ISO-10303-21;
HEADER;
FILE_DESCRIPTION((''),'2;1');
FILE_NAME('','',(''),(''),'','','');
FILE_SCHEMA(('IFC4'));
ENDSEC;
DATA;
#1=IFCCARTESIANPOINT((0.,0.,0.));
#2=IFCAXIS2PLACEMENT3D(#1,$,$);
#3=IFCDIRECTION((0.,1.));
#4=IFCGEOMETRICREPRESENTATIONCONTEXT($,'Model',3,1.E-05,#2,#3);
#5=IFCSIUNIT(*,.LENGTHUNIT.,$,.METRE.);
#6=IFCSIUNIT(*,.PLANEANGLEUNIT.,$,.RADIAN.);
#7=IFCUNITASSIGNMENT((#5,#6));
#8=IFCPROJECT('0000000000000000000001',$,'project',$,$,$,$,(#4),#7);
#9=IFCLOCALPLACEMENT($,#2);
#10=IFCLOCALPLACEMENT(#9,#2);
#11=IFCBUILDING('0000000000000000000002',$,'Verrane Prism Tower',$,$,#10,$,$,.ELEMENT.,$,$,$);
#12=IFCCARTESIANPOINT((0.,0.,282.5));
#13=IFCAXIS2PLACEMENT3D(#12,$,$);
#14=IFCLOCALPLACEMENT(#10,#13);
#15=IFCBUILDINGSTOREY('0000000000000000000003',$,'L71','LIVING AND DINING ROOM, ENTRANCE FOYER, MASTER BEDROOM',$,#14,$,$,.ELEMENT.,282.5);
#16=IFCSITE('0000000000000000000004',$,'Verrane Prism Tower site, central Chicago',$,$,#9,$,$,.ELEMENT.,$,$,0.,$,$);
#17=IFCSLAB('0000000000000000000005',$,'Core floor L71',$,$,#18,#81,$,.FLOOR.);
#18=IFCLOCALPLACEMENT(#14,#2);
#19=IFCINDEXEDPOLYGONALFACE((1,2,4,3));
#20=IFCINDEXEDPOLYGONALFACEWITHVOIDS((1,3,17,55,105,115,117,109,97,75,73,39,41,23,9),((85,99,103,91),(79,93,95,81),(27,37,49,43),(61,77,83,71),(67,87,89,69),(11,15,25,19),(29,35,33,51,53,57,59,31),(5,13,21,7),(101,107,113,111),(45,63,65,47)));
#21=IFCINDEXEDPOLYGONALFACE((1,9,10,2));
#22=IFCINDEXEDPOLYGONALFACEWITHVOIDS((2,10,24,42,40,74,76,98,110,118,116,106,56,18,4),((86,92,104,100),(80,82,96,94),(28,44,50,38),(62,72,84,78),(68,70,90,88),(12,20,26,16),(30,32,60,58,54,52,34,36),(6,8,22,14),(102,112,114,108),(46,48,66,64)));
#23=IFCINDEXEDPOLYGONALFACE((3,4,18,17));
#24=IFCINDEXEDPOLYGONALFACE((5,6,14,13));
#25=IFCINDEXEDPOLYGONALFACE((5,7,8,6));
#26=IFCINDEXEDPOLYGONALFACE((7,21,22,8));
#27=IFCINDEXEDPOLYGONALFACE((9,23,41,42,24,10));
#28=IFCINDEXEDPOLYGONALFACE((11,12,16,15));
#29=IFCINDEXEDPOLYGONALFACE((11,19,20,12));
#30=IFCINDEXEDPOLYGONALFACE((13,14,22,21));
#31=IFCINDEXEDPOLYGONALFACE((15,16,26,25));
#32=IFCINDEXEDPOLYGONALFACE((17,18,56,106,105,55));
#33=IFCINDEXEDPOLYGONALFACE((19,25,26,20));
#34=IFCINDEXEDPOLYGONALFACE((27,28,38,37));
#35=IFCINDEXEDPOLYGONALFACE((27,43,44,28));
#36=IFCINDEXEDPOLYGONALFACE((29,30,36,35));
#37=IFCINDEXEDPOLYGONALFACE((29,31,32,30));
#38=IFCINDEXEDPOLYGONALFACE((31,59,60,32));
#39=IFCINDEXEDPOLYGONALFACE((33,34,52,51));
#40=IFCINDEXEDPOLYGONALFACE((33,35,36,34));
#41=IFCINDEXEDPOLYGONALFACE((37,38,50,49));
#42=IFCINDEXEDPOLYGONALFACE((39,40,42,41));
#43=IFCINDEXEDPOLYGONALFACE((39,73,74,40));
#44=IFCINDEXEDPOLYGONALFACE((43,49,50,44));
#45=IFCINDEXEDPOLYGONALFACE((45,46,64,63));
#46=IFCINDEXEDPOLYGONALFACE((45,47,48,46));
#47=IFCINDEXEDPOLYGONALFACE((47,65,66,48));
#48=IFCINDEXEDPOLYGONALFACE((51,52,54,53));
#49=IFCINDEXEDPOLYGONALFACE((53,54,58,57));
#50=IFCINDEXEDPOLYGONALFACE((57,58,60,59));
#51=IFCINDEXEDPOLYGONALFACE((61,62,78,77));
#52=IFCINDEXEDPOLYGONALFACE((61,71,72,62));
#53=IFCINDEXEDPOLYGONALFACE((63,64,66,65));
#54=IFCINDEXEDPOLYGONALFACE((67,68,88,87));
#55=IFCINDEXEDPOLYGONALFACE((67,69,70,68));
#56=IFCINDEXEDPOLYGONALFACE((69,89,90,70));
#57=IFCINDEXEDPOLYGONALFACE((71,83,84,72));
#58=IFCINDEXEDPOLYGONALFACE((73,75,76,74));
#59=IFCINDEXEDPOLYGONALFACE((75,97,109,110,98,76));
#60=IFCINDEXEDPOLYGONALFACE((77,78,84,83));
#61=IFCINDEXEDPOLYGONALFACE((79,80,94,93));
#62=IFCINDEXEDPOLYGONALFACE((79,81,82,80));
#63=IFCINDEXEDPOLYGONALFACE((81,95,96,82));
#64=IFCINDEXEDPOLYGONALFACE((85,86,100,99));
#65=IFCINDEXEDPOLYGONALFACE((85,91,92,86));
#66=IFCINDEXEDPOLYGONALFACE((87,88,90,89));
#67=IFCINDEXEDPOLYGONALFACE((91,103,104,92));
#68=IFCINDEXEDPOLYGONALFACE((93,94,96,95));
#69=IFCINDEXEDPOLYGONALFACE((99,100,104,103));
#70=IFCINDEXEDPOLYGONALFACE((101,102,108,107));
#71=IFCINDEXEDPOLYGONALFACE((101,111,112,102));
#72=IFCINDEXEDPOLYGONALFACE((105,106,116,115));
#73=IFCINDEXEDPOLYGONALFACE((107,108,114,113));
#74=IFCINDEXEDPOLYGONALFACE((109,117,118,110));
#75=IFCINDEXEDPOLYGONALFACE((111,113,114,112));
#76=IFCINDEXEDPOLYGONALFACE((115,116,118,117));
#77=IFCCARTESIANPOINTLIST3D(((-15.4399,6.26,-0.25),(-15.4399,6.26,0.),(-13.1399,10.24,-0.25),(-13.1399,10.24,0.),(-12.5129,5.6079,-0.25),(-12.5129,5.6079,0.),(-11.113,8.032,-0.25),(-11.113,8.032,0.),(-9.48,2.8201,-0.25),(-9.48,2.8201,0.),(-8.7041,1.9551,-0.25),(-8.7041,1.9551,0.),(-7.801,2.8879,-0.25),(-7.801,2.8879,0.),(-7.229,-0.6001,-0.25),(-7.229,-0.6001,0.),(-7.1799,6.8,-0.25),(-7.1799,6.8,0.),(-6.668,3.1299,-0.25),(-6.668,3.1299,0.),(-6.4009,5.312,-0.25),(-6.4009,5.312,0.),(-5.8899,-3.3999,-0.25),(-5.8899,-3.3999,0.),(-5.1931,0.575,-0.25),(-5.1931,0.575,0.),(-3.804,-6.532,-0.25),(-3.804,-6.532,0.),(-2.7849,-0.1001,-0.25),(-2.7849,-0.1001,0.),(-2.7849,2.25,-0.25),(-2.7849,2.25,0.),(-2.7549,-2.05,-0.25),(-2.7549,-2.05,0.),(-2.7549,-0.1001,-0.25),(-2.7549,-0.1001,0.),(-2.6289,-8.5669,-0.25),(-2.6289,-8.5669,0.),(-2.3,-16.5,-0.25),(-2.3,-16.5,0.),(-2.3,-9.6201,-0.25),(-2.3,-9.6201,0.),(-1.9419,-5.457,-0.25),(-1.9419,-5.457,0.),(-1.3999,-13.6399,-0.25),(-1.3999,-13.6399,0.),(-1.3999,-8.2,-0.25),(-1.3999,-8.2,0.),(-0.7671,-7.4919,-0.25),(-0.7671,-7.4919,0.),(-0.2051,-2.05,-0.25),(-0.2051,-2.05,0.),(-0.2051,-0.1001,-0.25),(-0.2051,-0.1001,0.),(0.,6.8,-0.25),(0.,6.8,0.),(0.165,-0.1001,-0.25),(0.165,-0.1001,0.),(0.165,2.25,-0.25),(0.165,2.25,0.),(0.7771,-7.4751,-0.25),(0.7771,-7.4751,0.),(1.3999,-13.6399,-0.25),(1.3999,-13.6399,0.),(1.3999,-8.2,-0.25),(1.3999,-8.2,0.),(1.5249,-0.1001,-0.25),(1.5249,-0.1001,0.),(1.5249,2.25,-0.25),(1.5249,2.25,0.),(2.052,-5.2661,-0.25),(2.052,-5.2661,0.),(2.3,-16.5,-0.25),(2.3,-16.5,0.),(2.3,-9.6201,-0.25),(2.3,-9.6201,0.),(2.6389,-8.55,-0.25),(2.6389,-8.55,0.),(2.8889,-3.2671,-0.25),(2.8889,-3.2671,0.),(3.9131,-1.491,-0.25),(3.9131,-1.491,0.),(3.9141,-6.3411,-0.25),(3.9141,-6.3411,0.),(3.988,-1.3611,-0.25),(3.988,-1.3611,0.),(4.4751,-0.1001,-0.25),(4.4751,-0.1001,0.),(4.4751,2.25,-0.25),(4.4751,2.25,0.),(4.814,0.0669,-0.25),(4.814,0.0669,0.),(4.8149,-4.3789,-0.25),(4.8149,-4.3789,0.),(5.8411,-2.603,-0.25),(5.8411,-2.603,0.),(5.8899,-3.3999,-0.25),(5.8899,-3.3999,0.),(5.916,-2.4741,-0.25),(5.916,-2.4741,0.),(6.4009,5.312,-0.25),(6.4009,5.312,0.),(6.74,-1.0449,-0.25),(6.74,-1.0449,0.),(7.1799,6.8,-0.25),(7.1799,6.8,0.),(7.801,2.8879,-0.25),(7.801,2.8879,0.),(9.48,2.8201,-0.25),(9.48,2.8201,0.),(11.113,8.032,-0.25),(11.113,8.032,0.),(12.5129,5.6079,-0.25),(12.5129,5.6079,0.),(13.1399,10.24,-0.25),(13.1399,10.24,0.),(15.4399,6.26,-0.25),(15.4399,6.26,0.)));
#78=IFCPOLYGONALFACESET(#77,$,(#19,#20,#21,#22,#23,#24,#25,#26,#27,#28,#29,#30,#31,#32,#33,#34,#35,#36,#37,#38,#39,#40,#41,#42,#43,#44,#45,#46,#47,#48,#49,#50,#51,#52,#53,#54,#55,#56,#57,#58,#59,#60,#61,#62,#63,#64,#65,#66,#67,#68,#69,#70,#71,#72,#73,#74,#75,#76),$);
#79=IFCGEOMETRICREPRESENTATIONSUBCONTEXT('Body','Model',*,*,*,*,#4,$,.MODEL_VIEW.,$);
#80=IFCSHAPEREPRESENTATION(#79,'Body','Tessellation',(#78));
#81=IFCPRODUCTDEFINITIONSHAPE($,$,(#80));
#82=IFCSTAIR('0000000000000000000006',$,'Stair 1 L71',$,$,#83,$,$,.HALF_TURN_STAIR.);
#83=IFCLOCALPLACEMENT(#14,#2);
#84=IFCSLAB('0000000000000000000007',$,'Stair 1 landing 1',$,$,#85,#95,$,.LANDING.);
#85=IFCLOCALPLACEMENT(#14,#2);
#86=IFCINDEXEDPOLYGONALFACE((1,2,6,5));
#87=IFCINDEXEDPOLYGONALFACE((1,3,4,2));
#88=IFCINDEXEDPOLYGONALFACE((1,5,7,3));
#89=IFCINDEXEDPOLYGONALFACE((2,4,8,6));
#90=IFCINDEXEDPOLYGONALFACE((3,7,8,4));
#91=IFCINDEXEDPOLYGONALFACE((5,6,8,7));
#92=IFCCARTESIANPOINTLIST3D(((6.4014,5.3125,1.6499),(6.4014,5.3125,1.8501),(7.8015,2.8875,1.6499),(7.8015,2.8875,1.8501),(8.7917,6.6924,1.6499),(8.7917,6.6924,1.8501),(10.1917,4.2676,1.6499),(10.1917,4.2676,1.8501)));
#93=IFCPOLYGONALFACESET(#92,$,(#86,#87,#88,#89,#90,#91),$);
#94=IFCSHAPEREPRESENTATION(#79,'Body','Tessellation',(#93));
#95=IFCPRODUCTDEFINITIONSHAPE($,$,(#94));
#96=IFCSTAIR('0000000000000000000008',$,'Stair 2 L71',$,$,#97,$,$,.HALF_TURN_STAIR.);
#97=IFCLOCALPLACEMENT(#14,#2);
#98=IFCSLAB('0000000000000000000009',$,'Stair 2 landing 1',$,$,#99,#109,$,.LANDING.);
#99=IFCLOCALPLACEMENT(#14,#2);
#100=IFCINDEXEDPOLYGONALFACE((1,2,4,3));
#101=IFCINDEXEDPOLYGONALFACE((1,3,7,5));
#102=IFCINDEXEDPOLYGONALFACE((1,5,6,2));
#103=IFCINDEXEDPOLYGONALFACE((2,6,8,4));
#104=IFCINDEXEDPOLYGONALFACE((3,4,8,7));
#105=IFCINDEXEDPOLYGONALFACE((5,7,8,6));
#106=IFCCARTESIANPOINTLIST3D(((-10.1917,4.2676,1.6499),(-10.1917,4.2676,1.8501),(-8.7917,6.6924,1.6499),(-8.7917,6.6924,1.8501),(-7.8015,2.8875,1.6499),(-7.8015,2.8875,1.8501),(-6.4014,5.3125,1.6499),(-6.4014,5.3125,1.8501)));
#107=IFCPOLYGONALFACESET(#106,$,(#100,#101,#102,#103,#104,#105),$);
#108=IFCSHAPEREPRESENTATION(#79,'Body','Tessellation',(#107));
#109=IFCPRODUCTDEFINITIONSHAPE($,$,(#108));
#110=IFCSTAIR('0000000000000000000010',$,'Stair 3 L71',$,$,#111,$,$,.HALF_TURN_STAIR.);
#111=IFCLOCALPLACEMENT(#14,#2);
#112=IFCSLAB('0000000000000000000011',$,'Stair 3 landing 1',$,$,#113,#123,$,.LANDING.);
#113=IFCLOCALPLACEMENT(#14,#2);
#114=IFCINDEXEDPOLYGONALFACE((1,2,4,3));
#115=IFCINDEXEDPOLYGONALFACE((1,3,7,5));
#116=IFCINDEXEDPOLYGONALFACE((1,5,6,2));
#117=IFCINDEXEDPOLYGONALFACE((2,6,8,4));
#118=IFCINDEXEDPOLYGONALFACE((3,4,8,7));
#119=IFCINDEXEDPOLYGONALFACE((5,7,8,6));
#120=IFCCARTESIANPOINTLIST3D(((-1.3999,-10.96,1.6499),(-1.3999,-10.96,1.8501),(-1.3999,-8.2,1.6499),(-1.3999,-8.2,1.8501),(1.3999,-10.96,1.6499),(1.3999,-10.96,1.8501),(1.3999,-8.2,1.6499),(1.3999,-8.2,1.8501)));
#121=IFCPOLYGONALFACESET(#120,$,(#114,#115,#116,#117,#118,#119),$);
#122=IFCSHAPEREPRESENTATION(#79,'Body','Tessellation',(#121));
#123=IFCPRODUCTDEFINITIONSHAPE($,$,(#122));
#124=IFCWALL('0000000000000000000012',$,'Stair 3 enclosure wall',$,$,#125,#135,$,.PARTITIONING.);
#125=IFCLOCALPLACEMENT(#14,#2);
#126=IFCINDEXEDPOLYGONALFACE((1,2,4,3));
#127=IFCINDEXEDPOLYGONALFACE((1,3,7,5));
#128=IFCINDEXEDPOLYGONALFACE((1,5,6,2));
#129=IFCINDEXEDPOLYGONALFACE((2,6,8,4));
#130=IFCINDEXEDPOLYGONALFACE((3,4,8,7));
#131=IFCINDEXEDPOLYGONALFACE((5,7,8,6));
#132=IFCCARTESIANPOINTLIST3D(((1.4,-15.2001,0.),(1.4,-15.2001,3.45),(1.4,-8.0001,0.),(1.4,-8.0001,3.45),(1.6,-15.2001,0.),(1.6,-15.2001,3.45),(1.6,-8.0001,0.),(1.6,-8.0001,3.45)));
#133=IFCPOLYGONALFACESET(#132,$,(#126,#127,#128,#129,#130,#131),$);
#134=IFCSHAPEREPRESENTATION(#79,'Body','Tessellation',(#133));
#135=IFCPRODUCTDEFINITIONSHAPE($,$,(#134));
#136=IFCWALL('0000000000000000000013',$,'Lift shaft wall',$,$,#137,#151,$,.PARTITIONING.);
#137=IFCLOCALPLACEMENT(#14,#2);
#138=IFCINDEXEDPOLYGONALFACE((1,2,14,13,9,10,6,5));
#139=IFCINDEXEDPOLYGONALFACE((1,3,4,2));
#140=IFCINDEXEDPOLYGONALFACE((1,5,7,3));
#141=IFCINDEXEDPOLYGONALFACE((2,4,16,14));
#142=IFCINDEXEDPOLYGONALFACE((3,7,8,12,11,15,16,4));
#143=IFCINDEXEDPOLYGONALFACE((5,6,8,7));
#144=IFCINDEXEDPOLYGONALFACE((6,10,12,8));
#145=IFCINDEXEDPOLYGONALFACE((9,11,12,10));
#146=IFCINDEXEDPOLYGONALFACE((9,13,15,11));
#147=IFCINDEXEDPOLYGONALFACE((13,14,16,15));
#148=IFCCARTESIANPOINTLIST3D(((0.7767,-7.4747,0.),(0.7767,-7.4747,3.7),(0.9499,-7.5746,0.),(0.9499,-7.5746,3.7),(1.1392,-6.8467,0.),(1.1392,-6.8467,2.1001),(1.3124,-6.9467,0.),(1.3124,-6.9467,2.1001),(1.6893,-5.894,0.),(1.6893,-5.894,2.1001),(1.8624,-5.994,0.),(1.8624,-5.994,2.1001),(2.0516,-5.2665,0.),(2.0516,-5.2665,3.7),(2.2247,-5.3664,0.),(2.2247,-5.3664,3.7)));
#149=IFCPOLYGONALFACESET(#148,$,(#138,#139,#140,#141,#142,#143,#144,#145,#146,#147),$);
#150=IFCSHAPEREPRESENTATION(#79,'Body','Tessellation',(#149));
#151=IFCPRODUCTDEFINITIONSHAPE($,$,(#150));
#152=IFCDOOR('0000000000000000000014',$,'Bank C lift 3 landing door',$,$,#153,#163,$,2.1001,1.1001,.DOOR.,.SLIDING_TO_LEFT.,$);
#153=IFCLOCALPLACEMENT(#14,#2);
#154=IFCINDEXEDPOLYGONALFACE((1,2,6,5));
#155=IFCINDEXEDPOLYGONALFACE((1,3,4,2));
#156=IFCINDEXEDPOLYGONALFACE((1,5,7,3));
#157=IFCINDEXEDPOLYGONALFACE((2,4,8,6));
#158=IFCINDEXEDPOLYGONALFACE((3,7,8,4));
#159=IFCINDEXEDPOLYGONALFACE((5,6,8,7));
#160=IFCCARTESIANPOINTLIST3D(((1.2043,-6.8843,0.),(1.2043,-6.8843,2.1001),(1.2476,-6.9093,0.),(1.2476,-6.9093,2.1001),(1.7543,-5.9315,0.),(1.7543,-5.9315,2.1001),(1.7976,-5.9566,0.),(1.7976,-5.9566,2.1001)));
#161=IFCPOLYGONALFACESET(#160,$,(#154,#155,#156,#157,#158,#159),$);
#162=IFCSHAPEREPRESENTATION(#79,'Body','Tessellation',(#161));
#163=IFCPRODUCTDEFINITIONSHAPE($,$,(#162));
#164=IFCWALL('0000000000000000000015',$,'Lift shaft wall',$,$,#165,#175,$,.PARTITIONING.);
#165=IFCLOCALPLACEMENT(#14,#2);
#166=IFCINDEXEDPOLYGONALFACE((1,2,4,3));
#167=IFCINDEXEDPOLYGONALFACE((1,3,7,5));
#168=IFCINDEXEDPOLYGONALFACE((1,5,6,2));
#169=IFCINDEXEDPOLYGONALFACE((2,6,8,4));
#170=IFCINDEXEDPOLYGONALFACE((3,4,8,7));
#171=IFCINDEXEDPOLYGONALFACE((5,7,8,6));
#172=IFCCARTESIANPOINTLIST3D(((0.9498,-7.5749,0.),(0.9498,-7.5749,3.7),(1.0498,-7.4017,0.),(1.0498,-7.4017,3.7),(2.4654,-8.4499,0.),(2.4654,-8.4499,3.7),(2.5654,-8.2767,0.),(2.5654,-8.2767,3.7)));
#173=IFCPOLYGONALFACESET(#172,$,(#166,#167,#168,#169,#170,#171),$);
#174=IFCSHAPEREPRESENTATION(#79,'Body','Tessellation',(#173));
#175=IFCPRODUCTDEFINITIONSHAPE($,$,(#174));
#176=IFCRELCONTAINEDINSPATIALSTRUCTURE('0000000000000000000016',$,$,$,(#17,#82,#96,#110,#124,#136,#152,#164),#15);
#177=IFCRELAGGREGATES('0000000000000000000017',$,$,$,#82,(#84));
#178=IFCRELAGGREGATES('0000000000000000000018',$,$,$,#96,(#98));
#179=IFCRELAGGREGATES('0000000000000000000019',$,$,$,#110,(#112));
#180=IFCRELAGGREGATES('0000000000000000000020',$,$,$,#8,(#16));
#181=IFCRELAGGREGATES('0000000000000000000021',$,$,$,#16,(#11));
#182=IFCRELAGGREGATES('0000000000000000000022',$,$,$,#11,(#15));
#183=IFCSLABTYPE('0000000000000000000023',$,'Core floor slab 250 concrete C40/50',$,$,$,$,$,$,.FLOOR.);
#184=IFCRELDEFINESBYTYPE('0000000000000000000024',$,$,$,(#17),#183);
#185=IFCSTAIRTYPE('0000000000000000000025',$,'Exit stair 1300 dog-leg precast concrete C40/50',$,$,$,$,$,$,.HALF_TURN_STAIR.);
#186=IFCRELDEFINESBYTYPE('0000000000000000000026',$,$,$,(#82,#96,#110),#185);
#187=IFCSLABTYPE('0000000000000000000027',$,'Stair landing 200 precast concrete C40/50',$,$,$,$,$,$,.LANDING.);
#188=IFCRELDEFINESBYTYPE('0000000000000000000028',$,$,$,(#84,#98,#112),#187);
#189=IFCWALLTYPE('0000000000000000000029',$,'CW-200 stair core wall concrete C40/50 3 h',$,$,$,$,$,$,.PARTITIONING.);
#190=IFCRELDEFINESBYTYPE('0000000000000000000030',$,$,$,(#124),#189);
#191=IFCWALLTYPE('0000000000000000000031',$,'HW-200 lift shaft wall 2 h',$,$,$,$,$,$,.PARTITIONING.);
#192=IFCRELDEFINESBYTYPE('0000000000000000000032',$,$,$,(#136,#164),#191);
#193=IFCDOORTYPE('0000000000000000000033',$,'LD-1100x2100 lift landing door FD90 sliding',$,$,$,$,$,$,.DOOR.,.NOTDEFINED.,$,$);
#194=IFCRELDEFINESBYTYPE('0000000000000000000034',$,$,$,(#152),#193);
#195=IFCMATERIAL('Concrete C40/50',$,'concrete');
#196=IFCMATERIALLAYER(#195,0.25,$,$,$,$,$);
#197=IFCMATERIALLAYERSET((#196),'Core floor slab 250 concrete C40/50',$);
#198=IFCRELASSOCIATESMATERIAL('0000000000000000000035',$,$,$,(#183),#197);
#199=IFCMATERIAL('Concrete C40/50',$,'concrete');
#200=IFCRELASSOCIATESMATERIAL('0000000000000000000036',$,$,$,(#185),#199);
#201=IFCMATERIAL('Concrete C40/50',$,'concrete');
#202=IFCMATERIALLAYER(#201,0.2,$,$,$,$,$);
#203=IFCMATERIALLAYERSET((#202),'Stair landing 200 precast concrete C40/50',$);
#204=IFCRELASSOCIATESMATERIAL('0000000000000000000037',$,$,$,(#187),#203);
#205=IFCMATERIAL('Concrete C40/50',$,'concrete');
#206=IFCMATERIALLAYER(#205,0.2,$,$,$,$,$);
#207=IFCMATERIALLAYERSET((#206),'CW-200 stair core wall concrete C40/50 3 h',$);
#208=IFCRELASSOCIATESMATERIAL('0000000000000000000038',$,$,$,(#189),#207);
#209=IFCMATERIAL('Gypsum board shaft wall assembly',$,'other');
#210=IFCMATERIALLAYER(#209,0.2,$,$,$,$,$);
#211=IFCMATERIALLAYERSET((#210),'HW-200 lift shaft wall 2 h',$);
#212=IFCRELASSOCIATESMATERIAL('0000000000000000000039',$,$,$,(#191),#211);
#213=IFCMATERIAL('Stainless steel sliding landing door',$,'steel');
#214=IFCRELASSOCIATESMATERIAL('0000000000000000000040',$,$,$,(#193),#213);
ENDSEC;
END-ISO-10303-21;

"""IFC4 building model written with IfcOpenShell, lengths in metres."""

from ifc_helpers import new_model, si_unit, direction, frame, frame_2d, origin, place, context, subcontext, project, spatial, polyline, rectangle, outline, extrude, material, layer, layer_set, type_object, element, fill, aggregate, save


model = new_model("IFC4")

# Units and contexts
model_context = context("Model", 3, precision=1e-05, world=origin(), true_north=direction((0.0, 1.0)))
body_context = subcontext(model_context, "Body", "Model", "MODEL_VIEW")
ifc_project = project(units=[si_unit("LENGTHUNIT", "METRE"), si_unit("PLANEANGLEUNIT", "RADIAN")], contexts=[model_context])

# Site, building, storey
site_placement = place(None, origin())
site = spatial("IfcSite", under=ifc_project, at=site_placement, Name="Verrane Prism Tower site, central Chicago", CompositionType="ELEMENT", RefElevation=0.0)
building_placement = place(site_placement, origin())
building = spatial("IfcBuilding", under=site, at=building_placement, Name="Verrane Prism Tower", CompositionType="ELEMENT")
storey_placement = place(building_placement, frame((0.0, 0.0, 282.5)))
storey = spatial("IfcBuildingStorey", under=building, at=storey_placement, Name="L71", Description="LIVING AND DINING ROOM, ENTRANCE FOYER, MASTER BEDROOM", CompositionType="ELEMENT", Elevation=282.5)

# Slab
ifc_material_1 = material(Name="Concrete C40/50", Category="concrete")
ifc_layer_1 = layer(ifc_material_1, 0.25)
ifc_layer_set_1 = layer_set([ifc_layer_1], Name="Core floor slab 250 concrete C40/50")
slab_type_1 = type_object("IfcSlabType", Name="Core floor slab 250 concrete C40/50", PredefinedType="FLOOR", material=ifc_layer_set_1)
slab_1_placement = place(storey_placement, frame((0.0, 0.0, -0.25)))
element("IfcSlab", 1, at=slab_1_placement, inside=storey, type_object=slab_type_1, Name="Core floor L71", PredefinedType="FLOOR", context=body_context, shape_type="SweptSolid", body=[
    extrude(outline(polyline([(9.48, 2.8201), (15.4399, 6.26), (13.1399, 10.24), (7.1799, 6.8), (0.0, 6.8), (-7.1799, 6.8), (-13.1399, 10.24), (-15.4399, 6.26), (-9.48, 2.8201), (-5.8899, -3.3999), (-2.3, -9.6201), (-2.3, -16.5), (2.3, -16.5), (2.3, -9.6201), (5.8899, -3.3999), (9.48, 2.8201)]), holes=[polyline([(-1.3999, -8.2), (1.3999, -8.2), (1.3999, -13.6399), (-1.3999, -13.6399), (-1.3999, -8.2)]), polyline([(-0.7671, -7.4919), (-2.6289, -8.5669), (-3.804, -6.532), (-1.9419, -5.457), (-0.7671, -7.4919)]), polyline([(3.9141, -6.3411), (2.6389, -8.55), (0.7771, -7.4751), (2.052, -5.2661), (3.9141, -6.3411)]), polyline([(4.8149, -4.3789), (2.8889, -3.2671), (3.9131, -1.491), (5.8411, -2.603), (4.8149, -4.3789)]), polyline([(6.74, -1.0449), (5.916, -2.4741), (3.988, -1.3611), (4.814, 0.0669), (6.74, -1.0449)]), polyline([(-2.7849, -0.1001), (-2.7849, 2.25), (0.165, 2.25), (0.165, -0.1001), (-0.2051, -0.1001), (-0.2051, -2.05), (-2.7549, -2.05), (-2.7549, -0.1001), (-2.7849, -0.1001)]), polyline([(4.4751, 2.25), (4.4751, -0.1001), (1.5249, -0.1001), (1.5249, 2.25), (4.4751, 2.25)]), polyline([(-8.7041, 1.9551), (-6.668, 3.1299), (-5.1931, 0.575), (-7.229, -0.6001), (-8.7041, 1.9551)]), polyline([(-7.801, 2.8879), (-12.5129, 5.6079), (-11.113, 8.032), (-6.4009, 5.312), (-7.801, 2.8879)]), polyline([(6.4009, 5.312), (11.113, 8.032), (12.5129, 5.6079), (7.801, 2.8879), (6.4009, 5.312)])]), origin(), (0.0, 0.0, 1.0), 0.25),
])

# Stairs, slabs
ifc_material_2 = material(Name="Concrete C40/50", Category="concrete")
stair_type = type_object("IfcStairType", Name="Exit stair 1300 dog-leg precast concrete C40/50", PredefinedType="HALF_TURN_STAIR", material=ifc_material_2)
stair_1_placement = place(storey_placement, origin())
stair_1 = element("IfcStair", 2, at=stair_1_placement, inside=storey, type_object=stair_type, Name="Stair 1 L71", PredefinedType="HALF_TURN_STAIR")
ifc_material_3 = material(Name="Concrete C40/50", Category="concrete")
ifc_layer_2 = layer(ifc_material_3, 0.2)
ifc_layer_set_2 = layer_set([ifc_layer_2], Name="Stair landing 200 precast concrete C40/50")
slab_type_2 = type_object("IfcSlabType", Name="Stair landing 200 precast concrete C40/50", PredefinedType="LANDING", material=ifc_layer_set_2)
slab_2_placement = place(storey_placement, frame((0.0, 0.0, 1.6499)))
slab_2 = element("IfcSlab", 3, at=slab_2_placement, type_object=slab_type_2, Name="Stair 1 landing 1", PredefinedType="LANDING", context=body_context, shape_type="SweptSolid", body=[
    extrude(outline(polyline([(8.7917, 6.6924), (6.4014, 5.3125), (7.8015, 2.8875), (10.1917, 4.2676), (8.7917, 6.6924)])), origin(), (0.0, 0.0, 1.0), 0.2002),
])
aggregate(stair_1, [slab_2])
stair_2_placement = place(storey_placement, origin())
stair_2 = element("IfcStair", 4, at=stair_2_placement, inside=storey, type_object=stair_type, Name="Stair 2 L71", PredefinedType="HALF_TURN_STAIR")
slab_3_placement = place(storey_placement, frame((0.0, 0.0, 1.6499)))
slab_3 = element("IfcSlab", 5, at=slab_3_placement, type_object=slab_type_2, Name="Stair 2 landing 1", PredefinedType="LANDING", context=body_context, shape_type="SweptSolid", body=[
    extrude(outline(polyline([(-10.1917, 4.2676), (-7.8015, 2.8875), (-6.4014, 5.3125), (-8.7917, 6.6924), (-10.1917, 4.2676)])), origin(), (0.0, 0.0, 1.0), 0.2002),
])
aggregate(stair_2, [slab_3])
stair_3_placement = place(storey_placement, origin())
stair_3 = element("IfcStair", 6, at=stair_3_placement, inside=storey, type_object=stair_type, Name="Stair 3 L71", PredefinedType="HALF_TURN_STAIR")
slab_4_placement = place(storey_placement, frame((0.0, 0.0, 1.6499)))
slab_4 = element("IfcSlab", 7, at=slab_4_placement, type_object=slab_type_2, Name="Stair 3 landing 1", PredefinedType="LANDING", context=body_context, shape_type="SweptSolid", body=[
    extrude(outline(polyline([(1.3999, -10.96), (1.3999, -8.2), (-1.3999, -8.2), (-1.3999, -10.96), (1.3999, -10.96)])), origin(), (0.0, 0.0, 1.0), 0.2002),
])
aggregate(stair_3, [slab_4])

# Wall
ifc_material_4 = material(Name="Concrete C40/50", Category="concrete")
ifc_layer_3 = layer(ifc_material_4, 0.2)
ifc_layer_set_3 = layer_set([ifc_layer_3], Name="CW-200 stair core wall concrete C40/50 3 h")
wall_type_1 = type_object("IfcWallType", Name="CW-200 stair core wall concrete C40/50 3 h", PredefinedType="PARTITIONING", material=ifc_layer_set_3)
wall_1_placement = place(storey_placement, frame((1.5, -8.0, 0.0), z_axis=(0.0, 0.0, 1.0), x_axis=(0.0, -1.0, 0.0)))
element("IfcWall", 8, at=wall_1_placement, inside=storey, type_object=wall_type_1, Name="Stair 3 enclosure wall", PredefinedType="PARTITIONING", context=body_context, shape_type="SweptSolid", body=[
    extrude(rectangle(XDim=7.2, YDim=0.2, at=frame_2d((3.6001, 0.0))), origin(), (0.0, 0.0, 1.0), 3.45),
])

# Wall, opening, door
ifc_material_5 = material(Name="Gypsum board shaft wall assembly", Category="other")
ifc_layer_4 = layer(ifc_material_5, 0.2)
ifc_layer_set_4 = layer_set([ifc_layer_4], Name="HW-200 lift shaft wall 2 h")
wall_type_2 = type_object("IfcWallType", Name="HW-200 lift shaft wall 2 h", PredefinedType="PARTITIONING", material=ifc_layer_set_4)
wall_2_placement = place(storey_placement, frame((0.8633, -7.5247, 0.0), z_axis=(0.0, 0.0, 1.0), x_axis=(0.49999, 0.866031, 0.0)))
wall_2 = element("IfcWall", 9, at=wall_2_placement, inside=storey, type_object=wall_type_2, Name="Lift shaft wall", PredefinedType="PARTITIONING", context=body_context, shape_type="SweptSolid", body=[
    extrude(rectangle(XDim=2.5498, YDim=0.2, at=frame_2d((1.2749, 0.0))), origin(), (0.0, 0.0, 1.0), 3.7),
])
opening_1_placement = place(wall_2_placement, frame((0.7251, 0.0, 0.0)))
opening_1 = element("IfcOpeningElement", 10, at=opening_1_placement, cuts=wall_2, PredefinedType="OPENING", context=body_context, shape_type="SweptSolid", body=[
    extrude(rectangle(XDim=1.1001, YDim=2.1001, at=frame_2d((0.55, 1.05))), frame((0.0, 0.1099, 0.0), z_axis=(0.0, -1.0, 0.0), x_axis=(1.0, 0.0, 0.0)), (0.0, 0.0, 1.0), 0.22),
])
ifc_material_6 = material(Name="Stainless steel sliding landing door", Category="steel")
door_type_1 = type_object("IfcDoorType", Name="LD-1100x2100 lift landing door FD90 sliding", OperationType="NOTDEFINED", PredefinedType="DOOR", material=ifc_material_6)
door_1_placement = place(opening_1_placement, origin())
door_1 = element("IfcDoor", 11, at=door_1_placement, inside=storey, type_object=door_type_1, Name="Bank C lift 3 landing door", OperationType="SLIDING_TO_LEFT", OverallHeight=2.1001, OverallWidth=1.1001, PredefinedType="DOOR", context=body_context, shape_type="SweptSolid", body=[
    extrude(rectangle(XDim=1.1001, YDim=2.1001, at=frame_2d((0.55, 1.05))), frame((0.0, 0.0249, 0.0), z_axis=(0.0, -1.0, 0.0), x_axis=(1.0, 0.0, 0.0)), (0.0, 0.0, 1.0), 0.05),
])
fill(opening_1, door_1)

# Wall
wall_3_placement = place(storey_placement, frame((2.5154, -8.3633, 0.0), z_axis=(0.0, 0.0, 1.0), x_axis=(-0.866037, 0.49998, 0.0)))
element("IfcWall", 12, at=wall_3_placement, inside=storey, type_object=wall_type_2, Name="Lift shaft wall", PredefinedType="PARTITIONING", context=body_context, shape_type="SweptSolid", body=[
    extrude(rectangle(XDim=1.75, YDim=0.2, at=frame_2d((0.875, 0.0))), origin(), (0.0, 0.0, 1.0), 3.7),
])

save(model, "model.ifc")
